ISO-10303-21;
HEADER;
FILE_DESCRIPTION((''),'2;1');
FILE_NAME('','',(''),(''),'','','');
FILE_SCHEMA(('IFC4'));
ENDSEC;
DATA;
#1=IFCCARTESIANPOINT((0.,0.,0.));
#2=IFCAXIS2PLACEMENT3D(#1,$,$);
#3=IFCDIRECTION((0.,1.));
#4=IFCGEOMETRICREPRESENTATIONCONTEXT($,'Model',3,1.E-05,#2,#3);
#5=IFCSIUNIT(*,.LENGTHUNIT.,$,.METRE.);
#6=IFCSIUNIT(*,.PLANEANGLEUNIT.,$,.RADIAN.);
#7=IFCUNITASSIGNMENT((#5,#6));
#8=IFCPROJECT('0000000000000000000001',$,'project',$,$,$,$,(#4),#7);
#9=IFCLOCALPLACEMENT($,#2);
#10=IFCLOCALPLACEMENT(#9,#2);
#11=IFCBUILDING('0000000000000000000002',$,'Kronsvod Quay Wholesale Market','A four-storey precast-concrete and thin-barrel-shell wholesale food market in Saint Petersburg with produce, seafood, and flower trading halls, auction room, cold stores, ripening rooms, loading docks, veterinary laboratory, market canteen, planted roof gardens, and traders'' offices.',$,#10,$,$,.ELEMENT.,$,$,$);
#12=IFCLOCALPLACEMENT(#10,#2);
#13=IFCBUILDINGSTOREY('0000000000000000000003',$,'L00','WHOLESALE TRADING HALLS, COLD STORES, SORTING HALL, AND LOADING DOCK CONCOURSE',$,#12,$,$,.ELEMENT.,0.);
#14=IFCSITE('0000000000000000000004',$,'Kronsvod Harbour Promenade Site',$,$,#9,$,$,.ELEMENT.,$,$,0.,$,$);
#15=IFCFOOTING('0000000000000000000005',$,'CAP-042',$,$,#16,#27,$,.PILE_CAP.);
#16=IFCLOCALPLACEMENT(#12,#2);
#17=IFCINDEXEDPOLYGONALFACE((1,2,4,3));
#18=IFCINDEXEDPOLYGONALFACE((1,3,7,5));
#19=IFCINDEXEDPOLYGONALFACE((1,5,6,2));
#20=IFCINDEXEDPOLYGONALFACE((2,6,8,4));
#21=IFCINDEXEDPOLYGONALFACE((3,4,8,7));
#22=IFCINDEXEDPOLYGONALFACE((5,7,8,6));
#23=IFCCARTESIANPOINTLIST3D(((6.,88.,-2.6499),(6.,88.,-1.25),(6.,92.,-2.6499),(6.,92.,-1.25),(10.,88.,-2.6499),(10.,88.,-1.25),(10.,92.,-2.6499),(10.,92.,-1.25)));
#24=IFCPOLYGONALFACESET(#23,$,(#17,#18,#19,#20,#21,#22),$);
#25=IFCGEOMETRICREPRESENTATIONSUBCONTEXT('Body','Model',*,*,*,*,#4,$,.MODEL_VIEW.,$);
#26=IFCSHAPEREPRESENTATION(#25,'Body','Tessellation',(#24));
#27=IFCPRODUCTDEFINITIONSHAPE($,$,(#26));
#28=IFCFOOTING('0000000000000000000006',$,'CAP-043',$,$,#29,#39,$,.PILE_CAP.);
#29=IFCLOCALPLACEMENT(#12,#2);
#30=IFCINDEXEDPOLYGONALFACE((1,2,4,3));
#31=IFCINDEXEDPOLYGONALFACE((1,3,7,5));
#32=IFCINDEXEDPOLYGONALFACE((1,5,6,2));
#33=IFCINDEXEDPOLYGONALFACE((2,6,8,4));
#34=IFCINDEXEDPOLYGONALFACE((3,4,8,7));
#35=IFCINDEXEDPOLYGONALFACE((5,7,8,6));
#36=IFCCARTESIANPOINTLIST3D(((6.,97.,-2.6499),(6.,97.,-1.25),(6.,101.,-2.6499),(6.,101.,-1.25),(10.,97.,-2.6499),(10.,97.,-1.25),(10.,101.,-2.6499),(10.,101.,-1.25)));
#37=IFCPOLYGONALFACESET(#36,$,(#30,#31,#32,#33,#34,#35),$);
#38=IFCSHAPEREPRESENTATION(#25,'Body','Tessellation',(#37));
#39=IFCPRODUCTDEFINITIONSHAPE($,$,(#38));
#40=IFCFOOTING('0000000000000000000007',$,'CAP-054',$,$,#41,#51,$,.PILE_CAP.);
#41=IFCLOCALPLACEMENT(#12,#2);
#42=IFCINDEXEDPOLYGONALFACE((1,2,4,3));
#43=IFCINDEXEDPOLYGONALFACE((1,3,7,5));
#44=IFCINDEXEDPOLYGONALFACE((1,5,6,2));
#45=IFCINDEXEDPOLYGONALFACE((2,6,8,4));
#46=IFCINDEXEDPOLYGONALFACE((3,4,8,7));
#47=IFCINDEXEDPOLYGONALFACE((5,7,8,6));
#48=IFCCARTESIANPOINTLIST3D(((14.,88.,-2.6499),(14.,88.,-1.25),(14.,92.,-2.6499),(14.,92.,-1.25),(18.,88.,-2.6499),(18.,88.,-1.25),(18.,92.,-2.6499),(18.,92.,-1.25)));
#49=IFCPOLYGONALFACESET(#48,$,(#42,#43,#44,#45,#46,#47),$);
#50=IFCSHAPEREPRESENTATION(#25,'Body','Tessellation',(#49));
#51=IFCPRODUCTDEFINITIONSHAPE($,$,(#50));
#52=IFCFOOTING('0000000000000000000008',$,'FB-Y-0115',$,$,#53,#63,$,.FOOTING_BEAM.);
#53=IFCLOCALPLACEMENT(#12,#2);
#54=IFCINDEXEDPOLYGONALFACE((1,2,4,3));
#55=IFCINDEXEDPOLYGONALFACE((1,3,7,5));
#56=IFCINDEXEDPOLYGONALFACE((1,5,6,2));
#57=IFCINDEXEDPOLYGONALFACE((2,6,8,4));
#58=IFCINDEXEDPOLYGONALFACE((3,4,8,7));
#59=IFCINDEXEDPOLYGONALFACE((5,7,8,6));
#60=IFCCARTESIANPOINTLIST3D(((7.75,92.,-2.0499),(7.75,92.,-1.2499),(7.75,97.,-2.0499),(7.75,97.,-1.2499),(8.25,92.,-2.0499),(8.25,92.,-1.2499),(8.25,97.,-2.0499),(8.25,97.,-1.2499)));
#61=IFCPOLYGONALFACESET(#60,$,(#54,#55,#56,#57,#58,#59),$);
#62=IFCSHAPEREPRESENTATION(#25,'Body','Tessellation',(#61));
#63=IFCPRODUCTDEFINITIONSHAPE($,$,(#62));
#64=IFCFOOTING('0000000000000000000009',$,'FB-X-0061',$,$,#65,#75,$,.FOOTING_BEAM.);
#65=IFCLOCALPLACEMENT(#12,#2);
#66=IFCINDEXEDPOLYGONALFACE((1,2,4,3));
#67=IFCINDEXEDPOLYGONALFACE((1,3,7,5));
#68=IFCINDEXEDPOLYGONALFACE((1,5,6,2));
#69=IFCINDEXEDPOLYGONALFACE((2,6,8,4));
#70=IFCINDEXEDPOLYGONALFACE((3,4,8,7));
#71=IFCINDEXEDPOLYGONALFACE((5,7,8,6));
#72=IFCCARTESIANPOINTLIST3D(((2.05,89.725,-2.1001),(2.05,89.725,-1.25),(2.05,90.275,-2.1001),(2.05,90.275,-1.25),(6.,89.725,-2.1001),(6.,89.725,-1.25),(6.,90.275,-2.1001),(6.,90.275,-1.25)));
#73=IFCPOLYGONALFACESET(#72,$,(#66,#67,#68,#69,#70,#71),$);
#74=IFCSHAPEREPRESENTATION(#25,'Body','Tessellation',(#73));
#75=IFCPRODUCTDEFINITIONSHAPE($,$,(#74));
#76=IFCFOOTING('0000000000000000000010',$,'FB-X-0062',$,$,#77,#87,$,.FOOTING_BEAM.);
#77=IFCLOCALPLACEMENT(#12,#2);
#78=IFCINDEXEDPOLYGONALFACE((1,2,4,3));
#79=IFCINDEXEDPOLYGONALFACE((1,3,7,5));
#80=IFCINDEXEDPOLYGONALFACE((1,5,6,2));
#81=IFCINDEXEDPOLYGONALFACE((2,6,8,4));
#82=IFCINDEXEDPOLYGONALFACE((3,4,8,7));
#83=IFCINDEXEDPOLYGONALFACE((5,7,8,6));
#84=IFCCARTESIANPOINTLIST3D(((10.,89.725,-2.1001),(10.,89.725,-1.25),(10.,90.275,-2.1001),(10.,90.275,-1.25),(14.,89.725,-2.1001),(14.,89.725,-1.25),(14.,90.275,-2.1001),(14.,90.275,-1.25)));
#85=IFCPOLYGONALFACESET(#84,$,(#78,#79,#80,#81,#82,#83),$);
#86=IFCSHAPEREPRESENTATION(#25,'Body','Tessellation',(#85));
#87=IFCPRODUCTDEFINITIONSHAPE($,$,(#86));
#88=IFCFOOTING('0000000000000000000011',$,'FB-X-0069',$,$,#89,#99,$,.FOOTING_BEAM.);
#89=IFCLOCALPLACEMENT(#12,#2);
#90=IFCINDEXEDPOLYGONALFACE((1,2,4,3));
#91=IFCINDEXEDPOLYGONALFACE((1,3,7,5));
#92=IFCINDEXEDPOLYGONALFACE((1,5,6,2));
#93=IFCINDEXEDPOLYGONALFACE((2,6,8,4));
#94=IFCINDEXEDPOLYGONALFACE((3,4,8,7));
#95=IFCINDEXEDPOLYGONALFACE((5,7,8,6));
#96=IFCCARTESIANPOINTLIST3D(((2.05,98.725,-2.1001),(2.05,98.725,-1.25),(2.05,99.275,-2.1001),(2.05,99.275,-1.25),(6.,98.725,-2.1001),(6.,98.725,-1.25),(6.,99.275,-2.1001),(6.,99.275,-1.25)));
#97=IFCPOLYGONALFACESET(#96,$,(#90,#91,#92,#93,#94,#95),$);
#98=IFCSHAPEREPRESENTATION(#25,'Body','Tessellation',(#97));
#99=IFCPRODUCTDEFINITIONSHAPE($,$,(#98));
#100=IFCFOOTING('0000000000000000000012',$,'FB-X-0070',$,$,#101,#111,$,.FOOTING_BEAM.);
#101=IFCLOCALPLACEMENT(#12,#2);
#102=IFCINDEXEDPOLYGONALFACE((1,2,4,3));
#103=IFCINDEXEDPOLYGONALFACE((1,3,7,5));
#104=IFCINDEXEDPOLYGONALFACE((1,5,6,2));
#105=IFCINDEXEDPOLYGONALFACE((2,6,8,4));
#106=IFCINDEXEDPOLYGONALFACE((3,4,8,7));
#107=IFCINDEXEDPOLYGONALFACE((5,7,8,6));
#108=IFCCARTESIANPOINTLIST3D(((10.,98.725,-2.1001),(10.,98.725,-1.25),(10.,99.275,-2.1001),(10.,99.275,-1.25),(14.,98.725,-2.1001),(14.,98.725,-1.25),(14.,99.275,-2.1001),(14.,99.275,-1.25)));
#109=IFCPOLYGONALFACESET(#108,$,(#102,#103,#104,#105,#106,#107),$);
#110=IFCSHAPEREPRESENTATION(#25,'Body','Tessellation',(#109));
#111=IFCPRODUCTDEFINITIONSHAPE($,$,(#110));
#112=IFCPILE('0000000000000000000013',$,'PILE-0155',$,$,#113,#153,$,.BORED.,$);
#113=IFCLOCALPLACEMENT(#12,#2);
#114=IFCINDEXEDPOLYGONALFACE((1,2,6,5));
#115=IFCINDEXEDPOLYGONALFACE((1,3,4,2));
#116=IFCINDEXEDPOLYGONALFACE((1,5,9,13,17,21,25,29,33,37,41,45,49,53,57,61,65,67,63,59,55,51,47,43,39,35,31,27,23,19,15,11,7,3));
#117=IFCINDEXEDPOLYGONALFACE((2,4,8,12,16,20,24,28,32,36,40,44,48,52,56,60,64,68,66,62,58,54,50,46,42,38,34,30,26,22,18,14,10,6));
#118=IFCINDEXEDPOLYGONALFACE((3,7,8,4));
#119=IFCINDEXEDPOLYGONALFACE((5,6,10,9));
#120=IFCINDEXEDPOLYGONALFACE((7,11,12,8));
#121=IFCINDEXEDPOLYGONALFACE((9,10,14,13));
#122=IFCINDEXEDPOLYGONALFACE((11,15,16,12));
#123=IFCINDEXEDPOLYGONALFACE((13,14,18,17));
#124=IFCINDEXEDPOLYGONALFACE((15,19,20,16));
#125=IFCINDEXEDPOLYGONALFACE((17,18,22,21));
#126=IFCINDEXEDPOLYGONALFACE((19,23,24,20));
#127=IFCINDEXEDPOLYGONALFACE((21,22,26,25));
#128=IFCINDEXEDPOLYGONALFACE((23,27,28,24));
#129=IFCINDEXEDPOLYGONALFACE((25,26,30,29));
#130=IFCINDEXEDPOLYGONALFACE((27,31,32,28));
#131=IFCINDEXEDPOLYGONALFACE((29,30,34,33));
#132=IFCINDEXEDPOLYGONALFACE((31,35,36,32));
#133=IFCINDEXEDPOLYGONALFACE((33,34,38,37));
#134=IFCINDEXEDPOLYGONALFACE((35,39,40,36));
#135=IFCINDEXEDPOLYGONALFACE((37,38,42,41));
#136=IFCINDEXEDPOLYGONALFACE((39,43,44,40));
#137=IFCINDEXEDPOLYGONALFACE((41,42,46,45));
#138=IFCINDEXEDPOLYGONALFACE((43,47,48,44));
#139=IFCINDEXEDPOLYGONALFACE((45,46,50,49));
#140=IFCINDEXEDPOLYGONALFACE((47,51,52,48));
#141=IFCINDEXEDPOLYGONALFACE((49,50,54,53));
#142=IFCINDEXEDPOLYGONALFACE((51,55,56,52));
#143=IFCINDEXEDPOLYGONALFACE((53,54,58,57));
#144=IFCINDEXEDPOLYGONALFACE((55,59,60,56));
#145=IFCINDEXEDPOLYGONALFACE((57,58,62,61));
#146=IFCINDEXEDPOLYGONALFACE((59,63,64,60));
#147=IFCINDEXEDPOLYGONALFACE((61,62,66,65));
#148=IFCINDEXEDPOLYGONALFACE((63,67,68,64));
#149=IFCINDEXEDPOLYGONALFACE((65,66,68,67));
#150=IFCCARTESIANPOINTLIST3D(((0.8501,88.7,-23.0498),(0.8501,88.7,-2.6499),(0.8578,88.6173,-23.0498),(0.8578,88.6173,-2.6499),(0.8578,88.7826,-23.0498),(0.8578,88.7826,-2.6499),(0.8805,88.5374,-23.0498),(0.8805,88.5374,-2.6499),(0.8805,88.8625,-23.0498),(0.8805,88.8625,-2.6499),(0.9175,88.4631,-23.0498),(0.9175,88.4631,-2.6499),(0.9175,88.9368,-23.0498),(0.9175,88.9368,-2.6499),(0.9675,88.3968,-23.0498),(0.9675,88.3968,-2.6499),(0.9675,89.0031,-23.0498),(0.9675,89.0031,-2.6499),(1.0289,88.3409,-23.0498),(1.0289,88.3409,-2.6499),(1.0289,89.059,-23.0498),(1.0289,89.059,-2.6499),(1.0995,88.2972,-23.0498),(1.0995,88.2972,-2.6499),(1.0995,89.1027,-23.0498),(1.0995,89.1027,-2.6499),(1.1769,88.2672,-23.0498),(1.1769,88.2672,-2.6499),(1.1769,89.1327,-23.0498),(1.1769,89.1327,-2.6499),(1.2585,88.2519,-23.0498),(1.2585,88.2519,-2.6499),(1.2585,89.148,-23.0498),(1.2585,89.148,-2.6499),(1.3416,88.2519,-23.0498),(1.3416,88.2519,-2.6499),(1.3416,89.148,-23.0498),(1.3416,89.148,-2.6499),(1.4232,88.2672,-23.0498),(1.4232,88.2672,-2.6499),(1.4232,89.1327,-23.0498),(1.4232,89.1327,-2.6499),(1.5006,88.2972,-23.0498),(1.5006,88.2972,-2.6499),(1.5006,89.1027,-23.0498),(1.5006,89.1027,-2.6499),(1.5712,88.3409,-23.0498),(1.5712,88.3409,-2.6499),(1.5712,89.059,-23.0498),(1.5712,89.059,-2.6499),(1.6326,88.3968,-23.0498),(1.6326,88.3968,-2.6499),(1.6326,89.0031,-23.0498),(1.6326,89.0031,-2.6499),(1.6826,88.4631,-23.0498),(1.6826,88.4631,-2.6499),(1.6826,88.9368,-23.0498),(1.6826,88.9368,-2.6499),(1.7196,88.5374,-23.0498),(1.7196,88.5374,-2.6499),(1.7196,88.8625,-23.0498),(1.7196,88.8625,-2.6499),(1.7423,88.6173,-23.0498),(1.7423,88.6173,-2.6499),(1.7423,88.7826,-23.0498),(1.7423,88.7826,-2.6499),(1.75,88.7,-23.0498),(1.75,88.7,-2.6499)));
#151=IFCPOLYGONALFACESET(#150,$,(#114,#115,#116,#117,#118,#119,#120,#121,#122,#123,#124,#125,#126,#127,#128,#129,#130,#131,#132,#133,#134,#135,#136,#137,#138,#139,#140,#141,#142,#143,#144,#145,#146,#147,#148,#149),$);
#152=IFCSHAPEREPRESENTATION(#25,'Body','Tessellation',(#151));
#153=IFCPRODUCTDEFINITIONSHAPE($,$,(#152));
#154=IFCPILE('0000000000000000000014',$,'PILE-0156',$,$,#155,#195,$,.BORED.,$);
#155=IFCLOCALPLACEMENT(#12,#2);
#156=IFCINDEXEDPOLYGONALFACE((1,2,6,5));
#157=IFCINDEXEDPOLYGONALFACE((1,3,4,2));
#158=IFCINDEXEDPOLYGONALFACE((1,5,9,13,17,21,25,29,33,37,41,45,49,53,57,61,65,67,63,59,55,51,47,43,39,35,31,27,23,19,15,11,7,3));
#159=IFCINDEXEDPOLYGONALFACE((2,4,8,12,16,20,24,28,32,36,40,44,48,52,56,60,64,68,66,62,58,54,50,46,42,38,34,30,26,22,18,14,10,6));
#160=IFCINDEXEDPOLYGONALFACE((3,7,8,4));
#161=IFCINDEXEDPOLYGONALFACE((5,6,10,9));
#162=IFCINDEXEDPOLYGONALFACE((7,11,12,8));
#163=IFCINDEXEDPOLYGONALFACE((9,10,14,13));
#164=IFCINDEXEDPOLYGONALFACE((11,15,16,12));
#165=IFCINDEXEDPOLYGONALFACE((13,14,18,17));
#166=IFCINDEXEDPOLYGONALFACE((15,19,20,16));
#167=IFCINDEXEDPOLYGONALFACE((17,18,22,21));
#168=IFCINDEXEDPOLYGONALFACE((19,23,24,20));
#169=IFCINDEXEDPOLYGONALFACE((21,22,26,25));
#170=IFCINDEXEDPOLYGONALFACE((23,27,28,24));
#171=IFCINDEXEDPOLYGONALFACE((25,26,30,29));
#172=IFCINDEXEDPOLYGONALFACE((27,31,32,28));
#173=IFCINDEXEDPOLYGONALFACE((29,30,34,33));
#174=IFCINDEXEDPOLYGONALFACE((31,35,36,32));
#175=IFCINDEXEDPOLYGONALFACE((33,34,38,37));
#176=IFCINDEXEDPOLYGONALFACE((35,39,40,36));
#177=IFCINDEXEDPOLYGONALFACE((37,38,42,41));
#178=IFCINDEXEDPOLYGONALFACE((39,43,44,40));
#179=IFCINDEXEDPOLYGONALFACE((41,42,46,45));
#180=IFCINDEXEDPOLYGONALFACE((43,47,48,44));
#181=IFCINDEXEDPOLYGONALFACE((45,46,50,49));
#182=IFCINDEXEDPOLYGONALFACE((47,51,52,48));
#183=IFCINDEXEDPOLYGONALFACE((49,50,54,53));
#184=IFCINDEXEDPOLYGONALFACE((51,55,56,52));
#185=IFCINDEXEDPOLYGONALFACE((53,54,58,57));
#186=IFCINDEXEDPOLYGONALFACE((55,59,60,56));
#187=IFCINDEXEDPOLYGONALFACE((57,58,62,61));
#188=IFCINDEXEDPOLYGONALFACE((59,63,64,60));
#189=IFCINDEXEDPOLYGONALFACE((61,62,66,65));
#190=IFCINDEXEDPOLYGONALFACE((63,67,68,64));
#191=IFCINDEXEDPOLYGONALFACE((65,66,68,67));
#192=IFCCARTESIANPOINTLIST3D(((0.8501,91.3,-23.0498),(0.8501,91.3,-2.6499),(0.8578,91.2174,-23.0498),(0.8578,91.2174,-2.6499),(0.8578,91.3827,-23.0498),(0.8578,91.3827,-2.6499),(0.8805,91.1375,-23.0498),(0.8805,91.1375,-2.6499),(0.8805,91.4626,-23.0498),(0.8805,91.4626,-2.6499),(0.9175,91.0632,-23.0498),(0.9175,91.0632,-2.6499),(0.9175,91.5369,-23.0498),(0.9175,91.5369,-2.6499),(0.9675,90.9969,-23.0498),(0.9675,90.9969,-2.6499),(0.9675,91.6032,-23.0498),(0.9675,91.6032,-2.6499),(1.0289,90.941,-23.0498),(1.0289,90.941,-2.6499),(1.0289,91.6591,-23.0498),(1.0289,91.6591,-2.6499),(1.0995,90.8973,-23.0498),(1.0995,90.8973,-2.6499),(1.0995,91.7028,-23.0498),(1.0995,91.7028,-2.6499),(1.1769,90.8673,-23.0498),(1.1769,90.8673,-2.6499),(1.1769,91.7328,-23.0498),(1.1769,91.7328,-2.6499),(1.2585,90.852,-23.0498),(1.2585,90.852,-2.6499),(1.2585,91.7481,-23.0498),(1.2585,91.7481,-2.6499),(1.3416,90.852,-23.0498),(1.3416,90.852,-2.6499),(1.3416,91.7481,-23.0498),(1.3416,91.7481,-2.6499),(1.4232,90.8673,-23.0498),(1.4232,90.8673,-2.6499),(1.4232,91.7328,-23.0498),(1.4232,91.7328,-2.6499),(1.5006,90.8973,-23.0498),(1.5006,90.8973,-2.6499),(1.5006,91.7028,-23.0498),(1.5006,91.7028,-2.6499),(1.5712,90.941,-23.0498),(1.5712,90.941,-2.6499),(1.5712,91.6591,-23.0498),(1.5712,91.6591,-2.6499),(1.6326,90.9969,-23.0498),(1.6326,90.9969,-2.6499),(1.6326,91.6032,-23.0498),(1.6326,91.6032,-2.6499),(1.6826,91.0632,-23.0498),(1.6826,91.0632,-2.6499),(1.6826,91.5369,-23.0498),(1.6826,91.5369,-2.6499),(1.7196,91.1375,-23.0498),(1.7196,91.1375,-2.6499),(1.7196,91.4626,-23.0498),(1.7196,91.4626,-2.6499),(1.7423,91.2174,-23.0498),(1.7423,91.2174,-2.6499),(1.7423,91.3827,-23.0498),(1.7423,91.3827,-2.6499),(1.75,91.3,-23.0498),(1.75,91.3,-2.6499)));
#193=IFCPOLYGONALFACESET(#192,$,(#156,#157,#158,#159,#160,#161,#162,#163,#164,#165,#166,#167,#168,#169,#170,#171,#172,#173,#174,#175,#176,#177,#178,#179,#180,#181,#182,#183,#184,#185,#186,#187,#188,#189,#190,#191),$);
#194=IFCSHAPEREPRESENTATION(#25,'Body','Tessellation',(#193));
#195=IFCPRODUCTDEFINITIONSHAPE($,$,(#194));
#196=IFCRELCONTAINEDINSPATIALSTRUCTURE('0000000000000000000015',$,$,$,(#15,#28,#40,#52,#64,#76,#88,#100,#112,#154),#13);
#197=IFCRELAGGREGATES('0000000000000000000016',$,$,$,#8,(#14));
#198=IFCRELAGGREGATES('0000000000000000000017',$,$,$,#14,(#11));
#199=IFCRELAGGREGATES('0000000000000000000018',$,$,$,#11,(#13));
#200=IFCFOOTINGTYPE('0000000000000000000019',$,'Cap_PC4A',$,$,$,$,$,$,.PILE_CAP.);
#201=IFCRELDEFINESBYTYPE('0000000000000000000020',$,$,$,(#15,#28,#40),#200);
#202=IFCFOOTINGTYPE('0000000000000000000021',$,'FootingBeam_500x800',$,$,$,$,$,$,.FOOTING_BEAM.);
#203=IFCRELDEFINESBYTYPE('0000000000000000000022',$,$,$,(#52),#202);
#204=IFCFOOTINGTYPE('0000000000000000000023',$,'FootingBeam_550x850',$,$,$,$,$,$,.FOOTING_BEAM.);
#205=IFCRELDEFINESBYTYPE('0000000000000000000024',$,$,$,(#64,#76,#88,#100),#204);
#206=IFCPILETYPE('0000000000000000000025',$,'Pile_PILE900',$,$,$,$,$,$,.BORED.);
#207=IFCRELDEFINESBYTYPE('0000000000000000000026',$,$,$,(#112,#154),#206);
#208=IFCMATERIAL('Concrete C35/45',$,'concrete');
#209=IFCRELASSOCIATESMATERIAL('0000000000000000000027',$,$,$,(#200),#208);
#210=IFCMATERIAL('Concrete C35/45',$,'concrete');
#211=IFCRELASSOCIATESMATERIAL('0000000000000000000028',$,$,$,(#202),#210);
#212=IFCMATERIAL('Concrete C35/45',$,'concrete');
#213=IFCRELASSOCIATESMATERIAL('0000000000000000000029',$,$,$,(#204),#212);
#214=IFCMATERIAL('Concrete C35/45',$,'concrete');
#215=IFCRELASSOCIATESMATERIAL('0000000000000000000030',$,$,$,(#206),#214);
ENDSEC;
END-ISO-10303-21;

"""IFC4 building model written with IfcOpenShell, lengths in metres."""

from ifc_helpers import new_model, si_unit, direction, frame, origin, origin_2d, place, context, subcontext, project, spatial, rectangle, circle, extrude, material, material_profile, profile_set, type_object, element, save


model = new_model("IFC4")

# Units and contexts
model_context = context("Model", 3, precision=1e-05, world=origin(), true_north=direction((0.0, 1.0)))
body_context = subcontext(model_context, "Body", "Model", "MODEL_VIEW")
ifc_project = project(units=[si_unit("LENGTHUNIT", "METRE"), si_unit("PLANEANGLEUNIT", "RADIAN")], contexts=[model_context])

# Site, building, storey
site_placement = place(None, origin())
site = spatial("IfcSite", under=ifc_project, at=site_placement, Name="Kronsvod Harbour Promenade Site", CompositionType="ELEMENT", RefElevation=0.0)
building_placement = place(site_placement, origin())
building = spatial("IfcBuilding", under=site, at=building_placement, Name="Kronsvod Quay Wholesale Market", Description="A four-storey precast-concrete and thin-barrel-shell wholesale food market in Saint Petersburg with produce, seafood, and flower trading halls, auction room, cold stores, ripening rooms, loading docks, veterinary laboratory, market canteen, planted roof gardens, and traders' offices.", CompositionType="ELEMENT")
storey_placement = place(building_placement, origin())
storey = spatial("IfcBuildingStorey", under=building, at=storey_placement, Name="L00", Description="WHOLESALE TRADING HALLS, COLD STORES, SORTING HALL, AND LOADING DOCK CONCOURSE", CompositionType="ELEMENT", Elevation=0.0)

# Footings
ifc_material_1 = material(Name="Concrete C35/45", Category="concrete")
footing_type_1 = type_object("IfcFootingType", Name="Cap_PC4A", PredefinedType="PILE_CAP", material=ifc_material_1)
for number, where, z_axis, x_axis, name in (
    (1, (8.0, 90.0, -2.6499), (0.0, 0.0, 1.0), (1.0, 0.0, 0.0), "CAP-042"),
    (2, (8.0, 99.0, -2.6499), (0.0, 0.0, 1.0), (1.0, 0.0, 0.0), "CAP-043"),
    (3, (16.0, 90.0, -2.6499), (0.0, 0.0, 1.0), (1.0, 0.0, 0.0), "CAP-054"),
):
    element("IfcFooting", number, at=place(storey_placement, frame(where, z_axis=z_axis, x_axis=x_axis)), inside=storey, type_object=footing_type_1, Name=name, PredefinedType="PILE_CAP", context=body_context, shape_type="SweptSolid", body=[
        extrude(rectangle(XDim=4.0, YDim=4.0, at=origin_2d()), origin(), (0.0, 0.0, 1.0), 1.3999),
    ])
ifc_material_2 = material(Name="Concrete C35/45", Category="concrete")
ifc_material_profile_1 = material_profile(ifc_material_2, rectangle(XDim=0.5, YDim=0.8, at=origin_2d()), Name="FB-01")
ifc_profile_set_1 = profile_set([ifc_material_profile_1], Name="Concrete C35/45")
footing_type_2 = type_object("IfcFootingType", Name="FootingBeam_500x800", PredefinedType="FOOTING_BEAM", material=ifc_profile_set_1)
footing_1_placement = place(storey_placement, frame((8.0, 92.0, -1.6499), z_axis=(0.0, 1.0, 0.0), x_axis=(-1.0, 0.0, 0.0)))
element("IfcFooting", 4, at=footing_1_placement, inside=storey, type_object=footing_type_2, Name="FB-Y-0115", PredefinedType="FOOTING_BEAM", context=body_context, shape_type="SweptSolid", body=[
    extrude(rectangle(XDim=0.5, YDim=0.8, at=origin_2d()), origin(), (0.0, 0.0, 1.0), 5.0),
])
ifc_material_3 = material(Name="Concrete C35/45", Category="concrete")
ifc_material_profile_2 = material_profile(ifc_material_3, rectangle(XDim=0.55, YDim=0.8501, at=origin_2d()), Name="FB-03")
ifc_profile_set_2 = profile_set([ifc_material_profile_2], Name="Concrete C35/45")
footing_type_3 = type_object("IfcFootingType", Name="FootingBeam_550x850", PredefinedType="FOOTING_BEAM", material=ifc_profile_set_2)
footing_2_placement = place(storey_placement, frame((2.05, 90.0, -1.675), z_axis=(1.0, 0.0, 0.0), x_axis=(0.0, 1.0, 0.0)))
element("IfcFooting", 5, at=footing_2_placement, inside=storey, type_object=footing_type_3, Name="FB-X-0061", PredefinedType="FOOTING_BEAM", context=body_context, shape_type="SweptSolid", body=[
    extrude(rectangle(XDim=0.55, YDim=0.8501, at=origin_2d()), origin(), (0.0, 0.0, 1.0), 3.95),
])
footing_3_placement = place(storey_placement, frame((10.0, 90.0, -1.675), z_axis=(1.0, 0.0, 0.0), x_axis=(0.0, 1.0, 0.0)))
element("IfcFooting", 6, at=footing_3_placement, inside=storey, type_object=footing_type_3, Name="FB-X-0062", PredefinedType="FOOTING_BEAM", context=body_context, shape_type="SweptSolid", body=[
    extrude(rectangle(XDim=0.55, YDim=0.8501, at=origin_2d()), origin(), (0.0, 0.0, 1.0), 4.0),
])
footing_4_placement = place(storey_placement, frame((2.05, 99.0, -1.675), z_axis=(1.0, 0.0, 0.0), x_axis=(0.0, 1.0, 0.0)))
element("IfcFooting", 7, at=footing_4_placement, inside=storey, type_object=footing_type_3, Name="FB-X-0069", PredefinedType="FOOTING_BEAM", context=body_context, shape_type="SweptSolid", body=[
    extrude(rectangle(XDim=0.55, YDim=0.8501, at=origin_2d()), origin(), (0.0, 0.0, 1.0), 3.95),
])
footing_5_placement = place(storey_placement, frame((10.0, 99.0, -1.675), z_axis=(1.0, 0.0, 0.0), x_axis=(0.0, 1.0, 0.0)))
element("IfcFooting", 8, at=footing_5_placement, inside=storey, type_object=footing_type_3, Name="FB-X-0070", PredefinedType="FOOTING_BEAM", context=body_context, shape_type="SweptSolid", body=[
    extrude(rectangle(XDim=0.55, YDim=0.8501, at=origin_2d()), origin(), (0.0, 0.0, 1.0), 4.0),
])

# Piles
ifc_material_4 = material(Name="Concrete C35/45", Category="concrete")
ifc_material_profile_3 = material_profile(ifc_material_4, circle(Radius=0.45, at=origin_2d()), Name="PILE900")
ifc_profile_set_3 = profile_set([ifc_material_profile_3], Name="Concrete C35/45")
pile_type = type_object("IfcPileType", Name="Pile_PILE900", PredefinedType="BORED", material=ifc_profile_set_3)
for number, where, z_axis, x_axis, name in (
    (9, (1.3, 88.7, -2.6499), (0.0, 0.0, -1.0), (1.0, 0.0, 0.0), "PILE-0155"),
    (10, (1.3, 91.3, -2.6499), (0.0, 0.0, -1.0), (1.0, 0.0, 0.0), "PILE-0156"),
):
    element("IfcPile", number, at=place(storey_placement, frame(where, z_axis=z_axis, x_axis=x_axis)), inside=storey, type_object=pile_type, Name=name, PredefinedType="BORED", context=body_context, shape_type="SweptSolid", body=[
        extrude(circle(Radius=0.45, at=origin_2d()), origin(), (0.0, 0.0, 1.0), 20.3999),
    ])

save(model, "model.ifc")
